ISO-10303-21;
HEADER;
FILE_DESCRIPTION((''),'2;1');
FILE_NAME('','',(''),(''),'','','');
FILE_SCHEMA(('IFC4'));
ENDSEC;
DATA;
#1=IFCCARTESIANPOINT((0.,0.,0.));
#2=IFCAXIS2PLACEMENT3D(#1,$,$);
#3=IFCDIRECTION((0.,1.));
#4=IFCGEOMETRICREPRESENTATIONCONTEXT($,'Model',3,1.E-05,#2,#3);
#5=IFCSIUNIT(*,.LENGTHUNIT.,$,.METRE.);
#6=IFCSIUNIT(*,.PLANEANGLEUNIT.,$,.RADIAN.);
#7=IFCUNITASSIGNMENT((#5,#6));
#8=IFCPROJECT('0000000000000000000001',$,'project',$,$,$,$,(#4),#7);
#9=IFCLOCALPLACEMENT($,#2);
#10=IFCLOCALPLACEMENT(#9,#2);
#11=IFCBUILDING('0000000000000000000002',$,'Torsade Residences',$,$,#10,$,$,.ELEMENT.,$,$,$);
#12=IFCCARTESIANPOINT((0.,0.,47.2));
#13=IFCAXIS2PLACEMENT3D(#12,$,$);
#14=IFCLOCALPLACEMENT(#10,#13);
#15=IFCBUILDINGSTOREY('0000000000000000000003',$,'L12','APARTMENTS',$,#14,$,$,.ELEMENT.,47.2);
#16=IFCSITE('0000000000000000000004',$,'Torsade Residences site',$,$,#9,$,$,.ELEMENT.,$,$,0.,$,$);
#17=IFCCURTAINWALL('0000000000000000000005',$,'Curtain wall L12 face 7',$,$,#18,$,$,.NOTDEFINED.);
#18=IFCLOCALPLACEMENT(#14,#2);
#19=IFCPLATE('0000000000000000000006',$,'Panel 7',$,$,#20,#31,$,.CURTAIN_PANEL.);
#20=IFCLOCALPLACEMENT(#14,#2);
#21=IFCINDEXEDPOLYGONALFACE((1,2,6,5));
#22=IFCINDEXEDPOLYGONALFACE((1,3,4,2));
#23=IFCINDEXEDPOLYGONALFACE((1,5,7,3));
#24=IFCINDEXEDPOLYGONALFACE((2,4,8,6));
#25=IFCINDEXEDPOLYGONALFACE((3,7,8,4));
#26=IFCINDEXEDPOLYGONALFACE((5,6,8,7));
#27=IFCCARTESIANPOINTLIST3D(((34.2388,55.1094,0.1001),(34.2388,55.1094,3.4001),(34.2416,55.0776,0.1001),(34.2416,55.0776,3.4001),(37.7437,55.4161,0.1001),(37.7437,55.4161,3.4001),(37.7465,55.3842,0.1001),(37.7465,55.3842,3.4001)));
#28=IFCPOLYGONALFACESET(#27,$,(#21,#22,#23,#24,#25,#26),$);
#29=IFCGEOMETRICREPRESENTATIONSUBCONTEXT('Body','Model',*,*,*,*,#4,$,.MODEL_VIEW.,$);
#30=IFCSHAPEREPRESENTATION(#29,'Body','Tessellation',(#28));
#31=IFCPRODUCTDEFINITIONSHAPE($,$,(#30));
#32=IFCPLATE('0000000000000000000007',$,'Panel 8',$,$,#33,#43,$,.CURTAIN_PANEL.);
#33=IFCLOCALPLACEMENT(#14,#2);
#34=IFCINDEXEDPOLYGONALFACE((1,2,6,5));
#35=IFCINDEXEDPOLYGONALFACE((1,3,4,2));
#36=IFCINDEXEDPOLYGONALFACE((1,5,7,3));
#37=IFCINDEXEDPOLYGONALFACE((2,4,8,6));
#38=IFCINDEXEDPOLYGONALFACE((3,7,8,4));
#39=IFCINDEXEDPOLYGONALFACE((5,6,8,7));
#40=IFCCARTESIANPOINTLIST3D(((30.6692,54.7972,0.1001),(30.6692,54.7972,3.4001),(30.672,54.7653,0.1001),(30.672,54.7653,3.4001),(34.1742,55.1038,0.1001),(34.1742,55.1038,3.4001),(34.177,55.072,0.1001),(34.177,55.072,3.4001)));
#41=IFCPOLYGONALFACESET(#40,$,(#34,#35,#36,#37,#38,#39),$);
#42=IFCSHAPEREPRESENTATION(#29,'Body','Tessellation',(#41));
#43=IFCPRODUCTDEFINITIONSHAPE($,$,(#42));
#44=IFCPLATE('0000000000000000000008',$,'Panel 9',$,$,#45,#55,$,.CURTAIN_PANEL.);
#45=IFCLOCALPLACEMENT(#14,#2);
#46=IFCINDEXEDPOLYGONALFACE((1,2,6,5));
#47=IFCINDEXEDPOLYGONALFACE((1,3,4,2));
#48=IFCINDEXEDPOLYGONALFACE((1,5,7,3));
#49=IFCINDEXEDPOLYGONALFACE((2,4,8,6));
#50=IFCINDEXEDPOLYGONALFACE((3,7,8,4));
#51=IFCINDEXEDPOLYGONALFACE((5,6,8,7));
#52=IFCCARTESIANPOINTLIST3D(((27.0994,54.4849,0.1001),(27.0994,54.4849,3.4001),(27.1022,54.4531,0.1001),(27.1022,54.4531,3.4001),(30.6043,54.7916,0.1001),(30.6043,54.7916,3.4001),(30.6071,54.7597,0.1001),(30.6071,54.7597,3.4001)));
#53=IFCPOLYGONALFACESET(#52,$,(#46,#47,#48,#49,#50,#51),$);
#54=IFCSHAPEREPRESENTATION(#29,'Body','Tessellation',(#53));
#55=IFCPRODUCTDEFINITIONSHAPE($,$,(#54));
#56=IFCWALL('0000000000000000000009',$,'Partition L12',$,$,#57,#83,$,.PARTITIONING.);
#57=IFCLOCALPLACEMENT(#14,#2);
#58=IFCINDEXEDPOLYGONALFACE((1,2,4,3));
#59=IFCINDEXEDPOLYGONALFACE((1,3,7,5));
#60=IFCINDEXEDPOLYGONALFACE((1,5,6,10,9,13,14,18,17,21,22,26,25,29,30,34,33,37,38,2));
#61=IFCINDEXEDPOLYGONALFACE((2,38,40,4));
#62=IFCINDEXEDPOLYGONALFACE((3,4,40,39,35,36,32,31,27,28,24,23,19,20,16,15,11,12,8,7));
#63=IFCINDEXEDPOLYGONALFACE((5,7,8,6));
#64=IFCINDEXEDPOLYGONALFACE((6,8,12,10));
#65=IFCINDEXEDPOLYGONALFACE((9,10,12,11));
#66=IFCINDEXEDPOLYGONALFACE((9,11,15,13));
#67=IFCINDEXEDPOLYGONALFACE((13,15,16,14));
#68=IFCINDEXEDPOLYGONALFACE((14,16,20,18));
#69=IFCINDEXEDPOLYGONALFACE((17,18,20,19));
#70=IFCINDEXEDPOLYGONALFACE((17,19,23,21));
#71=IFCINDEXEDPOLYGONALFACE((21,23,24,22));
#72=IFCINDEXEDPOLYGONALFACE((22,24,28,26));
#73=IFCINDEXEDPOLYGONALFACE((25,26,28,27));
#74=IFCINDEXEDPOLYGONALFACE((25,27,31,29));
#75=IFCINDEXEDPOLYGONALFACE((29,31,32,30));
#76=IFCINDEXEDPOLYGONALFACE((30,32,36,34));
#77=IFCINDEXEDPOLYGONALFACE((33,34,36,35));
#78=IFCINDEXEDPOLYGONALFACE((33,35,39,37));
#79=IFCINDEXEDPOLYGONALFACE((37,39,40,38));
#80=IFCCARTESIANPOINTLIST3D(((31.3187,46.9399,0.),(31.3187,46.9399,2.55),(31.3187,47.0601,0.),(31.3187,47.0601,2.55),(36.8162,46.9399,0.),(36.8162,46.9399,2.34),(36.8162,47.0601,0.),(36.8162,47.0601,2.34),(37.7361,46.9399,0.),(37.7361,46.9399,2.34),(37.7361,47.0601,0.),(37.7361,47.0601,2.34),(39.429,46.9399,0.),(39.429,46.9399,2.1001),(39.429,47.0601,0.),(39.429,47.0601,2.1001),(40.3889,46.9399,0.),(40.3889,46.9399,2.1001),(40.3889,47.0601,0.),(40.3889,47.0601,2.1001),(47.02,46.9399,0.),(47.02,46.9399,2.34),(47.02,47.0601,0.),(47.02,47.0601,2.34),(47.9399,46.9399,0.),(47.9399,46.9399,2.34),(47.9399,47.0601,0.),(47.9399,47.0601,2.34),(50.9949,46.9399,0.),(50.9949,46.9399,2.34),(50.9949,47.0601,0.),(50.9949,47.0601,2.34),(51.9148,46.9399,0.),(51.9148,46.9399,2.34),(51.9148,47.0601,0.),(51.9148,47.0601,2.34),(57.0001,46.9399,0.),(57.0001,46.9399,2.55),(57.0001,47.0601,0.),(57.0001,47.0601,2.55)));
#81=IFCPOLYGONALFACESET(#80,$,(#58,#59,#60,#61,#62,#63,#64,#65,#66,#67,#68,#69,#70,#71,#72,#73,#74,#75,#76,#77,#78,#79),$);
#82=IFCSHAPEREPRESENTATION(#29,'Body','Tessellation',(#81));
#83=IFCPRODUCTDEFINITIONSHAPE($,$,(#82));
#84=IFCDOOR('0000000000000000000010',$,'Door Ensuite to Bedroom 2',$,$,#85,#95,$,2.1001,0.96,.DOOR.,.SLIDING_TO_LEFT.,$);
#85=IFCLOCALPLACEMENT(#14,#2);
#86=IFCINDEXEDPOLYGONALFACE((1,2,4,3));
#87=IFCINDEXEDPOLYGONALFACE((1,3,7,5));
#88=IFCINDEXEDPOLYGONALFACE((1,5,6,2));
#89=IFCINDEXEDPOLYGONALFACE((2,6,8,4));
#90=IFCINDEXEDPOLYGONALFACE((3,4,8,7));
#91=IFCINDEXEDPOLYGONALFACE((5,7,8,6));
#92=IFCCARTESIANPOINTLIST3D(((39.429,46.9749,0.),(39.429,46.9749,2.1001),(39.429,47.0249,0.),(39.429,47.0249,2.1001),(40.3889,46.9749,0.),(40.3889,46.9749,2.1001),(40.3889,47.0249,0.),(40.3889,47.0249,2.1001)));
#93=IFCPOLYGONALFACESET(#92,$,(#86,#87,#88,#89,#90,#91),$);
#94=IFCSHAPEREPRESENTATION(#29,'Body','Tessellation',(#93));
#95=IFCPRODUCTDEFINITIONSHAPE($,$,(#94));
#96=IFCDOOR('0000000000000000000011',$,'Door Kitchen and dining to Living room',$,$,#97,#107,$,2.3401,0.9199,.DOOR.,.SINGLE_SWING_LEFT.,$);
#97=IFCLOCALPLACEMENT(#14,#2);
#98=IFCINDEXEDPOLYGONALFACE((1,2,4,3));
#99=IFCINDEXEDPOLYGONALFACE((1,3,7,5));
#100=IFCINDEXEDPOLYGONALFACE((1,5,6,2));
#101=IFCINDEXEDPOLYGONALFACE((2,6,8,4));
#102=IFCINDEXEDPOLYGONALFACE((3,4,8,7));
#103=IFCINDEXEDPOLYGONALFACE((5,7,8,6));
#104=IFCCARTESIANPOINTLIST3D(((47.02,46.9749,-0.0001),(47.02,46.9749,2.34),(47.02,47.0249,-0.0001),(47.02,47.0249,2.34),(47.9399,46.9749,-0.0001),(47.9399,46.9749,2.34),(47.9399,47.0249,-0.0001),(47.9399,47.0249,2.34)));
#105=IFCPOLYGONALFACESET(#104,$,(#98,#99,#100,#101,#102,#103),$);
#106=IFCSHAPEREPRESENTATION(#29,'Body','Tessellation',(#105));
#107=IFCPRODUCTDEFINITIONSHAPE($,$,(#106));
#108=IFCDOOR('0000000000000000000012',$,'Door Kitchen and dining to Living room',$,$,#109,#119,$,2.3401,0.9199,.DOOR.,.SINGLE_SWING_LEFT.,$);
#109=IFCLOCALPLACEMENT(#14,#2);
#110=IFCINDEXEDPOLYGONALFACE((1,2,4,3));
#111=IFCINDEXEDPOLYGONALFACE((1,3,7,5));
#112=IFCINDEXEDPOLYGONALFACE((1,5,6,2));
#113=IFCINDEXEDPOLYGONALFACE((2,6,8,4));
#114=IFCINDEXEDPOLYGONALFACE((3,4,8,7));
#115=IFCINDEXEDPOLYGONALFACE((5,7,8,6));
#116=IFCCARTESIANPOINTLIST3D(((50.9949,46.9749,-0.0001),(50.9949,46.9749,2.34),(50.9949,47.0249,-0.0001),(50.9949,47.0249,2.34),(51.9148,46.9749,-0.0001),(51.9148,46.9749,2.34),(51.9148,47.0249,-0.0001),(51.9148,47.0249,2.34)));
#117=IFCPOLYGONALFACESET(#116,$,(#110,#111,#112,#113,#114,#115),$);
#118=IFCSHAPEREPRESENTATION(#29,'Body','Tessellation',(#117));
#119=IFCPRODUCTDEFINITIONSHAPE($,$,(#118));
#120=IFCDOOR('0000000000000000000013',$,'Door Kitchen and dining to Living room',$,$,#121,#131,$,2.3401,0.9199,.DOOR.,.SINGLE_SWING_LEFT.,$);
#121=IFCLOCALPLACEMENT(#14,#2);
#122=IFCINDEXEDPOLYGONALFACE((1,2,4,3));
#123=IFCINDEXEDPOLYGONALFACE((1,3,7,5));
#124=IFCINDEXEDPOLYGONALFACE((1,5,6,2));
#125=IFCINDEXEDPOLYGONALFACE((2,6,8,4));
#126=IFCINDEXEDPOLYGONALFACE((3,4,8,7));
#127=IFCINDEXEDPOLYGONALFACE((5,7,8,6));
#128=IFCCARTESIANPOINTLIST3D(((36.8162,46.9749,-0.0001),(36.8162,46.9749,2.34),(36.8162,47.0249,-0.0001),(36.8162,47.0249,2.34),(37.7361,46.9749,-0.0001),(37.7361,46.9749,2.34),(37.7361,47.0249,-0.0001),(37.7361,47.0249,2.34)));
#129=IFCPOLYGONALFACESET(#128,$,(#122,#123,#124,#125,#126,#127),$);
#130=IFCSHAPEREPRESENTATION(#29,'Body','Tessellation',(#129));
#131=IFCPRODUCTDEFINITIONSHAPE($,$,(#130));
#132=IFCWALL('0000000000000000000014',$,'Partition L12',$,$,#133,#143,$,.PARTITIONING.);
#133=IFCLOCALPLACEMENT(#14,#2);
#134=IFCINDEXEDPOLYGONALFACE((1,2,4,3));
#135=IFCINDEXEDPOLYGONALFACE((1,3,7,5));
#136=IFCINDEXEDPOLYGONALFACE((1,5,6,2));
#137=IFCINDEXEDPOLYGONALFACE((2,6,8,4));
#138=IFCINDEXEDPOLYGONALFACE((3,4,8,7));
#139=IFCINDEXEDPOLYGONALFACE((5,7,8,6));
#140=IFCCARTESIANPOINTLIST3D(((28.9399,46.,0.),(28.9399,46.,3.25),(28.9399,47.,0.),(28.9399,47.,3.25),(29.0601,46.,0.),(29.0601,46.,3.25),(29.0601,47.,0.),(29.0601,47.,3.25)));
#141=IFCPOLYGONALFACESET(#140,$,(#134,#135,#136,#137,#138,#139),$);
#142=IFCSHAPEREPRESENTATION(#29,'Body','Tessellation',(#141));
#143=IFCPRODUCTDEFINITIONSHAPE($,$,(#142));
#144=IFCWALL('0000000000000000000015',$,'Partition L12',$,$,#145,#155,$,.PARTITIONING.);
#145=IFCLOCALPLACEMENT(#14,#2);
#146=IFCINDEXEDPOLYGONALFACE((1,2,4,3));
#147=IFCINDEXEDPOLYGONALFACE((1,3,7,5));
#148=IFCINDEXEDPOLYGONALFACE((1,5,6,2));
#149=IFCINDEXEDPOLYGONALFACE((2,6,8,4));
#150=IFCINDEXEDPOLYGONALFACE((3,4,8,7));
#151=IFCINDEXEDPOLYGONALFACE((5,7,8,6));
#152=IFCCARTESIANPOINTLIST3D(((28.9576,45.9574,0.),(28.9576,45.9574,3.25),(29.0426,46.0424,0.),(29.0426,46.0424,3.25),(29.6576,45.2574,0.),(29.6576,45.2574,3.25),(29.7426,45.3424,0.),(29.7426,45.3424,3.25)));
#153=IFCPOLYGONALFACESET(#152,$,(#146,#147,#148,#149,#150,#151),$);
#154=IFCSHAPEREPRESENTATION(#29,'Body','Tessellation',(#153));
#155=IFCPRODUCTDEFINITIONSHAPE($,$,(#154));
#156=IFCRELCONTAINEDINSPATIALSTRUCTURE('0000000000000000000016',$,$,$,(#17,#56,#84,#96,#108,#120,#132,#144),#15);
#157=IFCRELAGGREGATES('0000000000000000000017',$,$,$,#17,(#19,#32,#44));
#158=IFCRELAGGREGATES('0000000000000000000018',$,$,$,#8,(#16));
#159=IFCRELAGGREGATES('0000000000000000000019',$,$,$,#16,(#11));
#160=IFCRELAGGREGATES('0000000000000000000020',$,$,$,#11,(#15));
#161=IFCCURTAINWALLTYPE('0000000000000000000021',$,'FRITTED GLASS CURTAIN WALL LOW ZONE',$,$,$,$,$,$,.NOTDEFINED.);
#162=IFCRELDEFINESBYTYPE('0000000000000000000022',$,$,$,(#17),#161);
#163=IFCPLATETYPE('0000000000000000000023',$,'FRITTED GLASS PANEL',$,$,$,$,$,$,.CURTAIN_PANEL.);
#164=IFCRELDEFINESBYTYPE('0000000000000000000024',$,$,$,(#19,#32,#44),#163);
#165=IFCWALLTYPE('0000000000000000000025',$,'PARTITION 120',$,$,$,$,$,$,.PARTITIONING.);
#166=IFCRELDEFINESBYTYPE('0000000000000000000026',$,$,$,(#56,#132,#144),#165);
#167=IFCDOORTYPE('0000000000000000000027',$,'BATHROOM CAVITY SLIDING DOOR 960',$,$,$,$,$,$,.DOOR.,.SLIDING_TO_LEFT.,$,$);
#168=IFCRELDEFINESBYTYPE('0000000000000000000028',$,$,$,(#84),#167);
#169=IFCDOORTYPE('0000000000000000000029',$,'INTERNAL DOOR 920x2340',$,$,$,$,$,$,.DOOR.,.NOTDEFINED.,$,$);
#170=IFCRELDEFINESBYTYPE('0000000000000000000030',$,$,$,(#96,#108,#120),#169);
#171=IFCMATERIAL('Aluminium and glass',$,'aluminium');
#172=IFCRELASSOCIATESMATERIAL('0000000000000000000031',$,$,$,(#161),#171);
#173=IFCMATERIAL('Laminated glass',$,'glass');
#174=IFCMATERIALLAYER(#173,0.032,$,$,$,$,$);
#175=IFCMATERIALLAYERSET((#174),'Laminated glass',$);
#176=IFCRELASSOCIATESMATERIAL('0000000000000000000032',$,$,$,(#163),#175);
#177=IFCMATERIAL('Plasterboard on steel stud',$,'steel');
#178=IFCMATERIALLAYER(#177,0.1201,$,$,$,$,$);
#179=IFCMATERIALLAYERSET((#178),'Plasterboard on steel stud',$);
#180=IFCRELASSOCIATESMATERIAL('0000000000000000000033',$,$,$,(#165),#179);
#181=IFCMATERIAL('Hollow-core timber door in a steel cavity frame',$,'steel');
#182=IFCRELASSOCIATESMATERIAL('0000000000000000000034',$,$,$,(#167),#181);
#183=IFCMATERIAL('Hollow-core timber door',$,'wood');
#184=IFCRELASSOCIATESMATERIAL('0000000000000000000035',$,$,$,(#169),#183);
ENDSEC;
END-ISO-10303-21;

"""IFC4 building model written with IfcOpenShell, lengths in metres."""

from ifc_helpers import new_model, si_unit, direction, frame, frame_2d, origin, origin_2d, place, context, subcontext, project, spatial, rectangle, extrude, material, layer, layer_set, type_object, element, fill, aggregate, save


model = new_model("IFC4")

# Units and contexts
model_context = context("Model", 3, precision=1e-05, world=origin(), true_north=direction((0.0, 1.0)))
body_context = subcontext(model_context, "Body", "Model", "MODEL_VIEW")
ifc_project = project(units=[si_unit("LENGTHUNIT", "METRE"), si_unit("PLANEANGLEUNIT", "RADIAN")], contexts=[model_context])

# Site, building, storey
site_placement = place(None, origin())
site = spatial("IfcSite", under=ifc_project, at=site_placement, Name="Torsade Residences site", CompositionType="ELEMENT", RefElevation=0.0)
building_placement = place(site_placement, origin())
building = spatial("IfcBuilding", under=site, at=building_placement, Name="Torsade Residences", CompositionType="ELEMENT")
storey_placement = place(building_placement, frame((0.0, 0.0, 47.2)))
storey = spatial("IfcBuildingStorey", under=building, at=storey_placement, Name="L12", Description="APARTMENTS", CompositionType="ELEMENT", Elevation=47.2)

# Curtain wall
ifc_material_1 = material(Name="Aluminium and glass", Category="aluminium")
curtain_wall_type = type_object("IfcCurtainWallType", Name="FRITTED GLASS CURTAIN WALL LOW ZONE", PredefinedType="NOTDEFINED", material=ifc_material_1)
curtain_wall_placement = place(storey_placement, origin())
curtain_wall = element("IfcCurtainWall", 1, at=curtain_wall_placement, inside=storey, type_object=curtain_wall_type, Name="Curtain wall L12 face 7", PredefinedType="NOTDEFINED")

# Plates
ifc_material_2 = material(Name="Laminated glass", Category="glass")
ifc_layer_1 = layer(ifc_material_2, 0.032)
ifc_layer_set_1 = layer_set([ifc_layer_1], Name="Laminated glass")
plate_type = type_object("IfcPlateType", Name="FRITTED GLASS PANEL", PredefinedType="CURTAIN_PANEL", material=ifc_layer_set_1)
plate_1_placement = place(storey_placement, frame((35.9927, 55.2468, 0.1001), z_axis=(0.0, 0.0, 1.0), x_axis=(-0.996195, -0.087156, 0.0)))
plate_1 = element("IfcPlate", 2, at=plate_1_placement, type_object=plate_type, Name="Panel 7", PredefinedType="CURTAIN_PANEL", context=body_context, shape_type="SweptSolid", body=[
    extrude(rectangle(XDim=3.5183, YDim=0.032, at=origin_2d()), origin(), (0.0, 0.0, 1.0), 3.3),
])
plate_2_placement = place(storey_placement, frame((32.4231, 54.9346, 0.1001), z_axis=(0.0, 0.0, 1.0), x_axis=(-0.996195, -0.087156, 0.0)))
plate_2 = element("IfcPlate", 3, at=plate_2_placement, type_object=plate_type, Name="Panel 8", PredefinedType="CURTAIN_PANEL", context=body_context, shape_type="SweptSolid", body=[
    extrude(rectangle(XDim=3.5183, YDim=0.032, at=origin_2d()), origin(), (0.0, 0.0, 1.0), 3.3),
])
plate_3_placement = place(storey_placement, frame((28.8533, 54.6223, 0.1001), z_axis=(0.0, 0.0, 1.0), x_axis=(-0.996195, -0.087156, 0.0)))
plate_3 = element("IfcPlate", 4, at=plate_3_placement, type_object=plate_type, Name="Panel 9", PredefinedType="CURTAIN_PANEL", context=body_context, shape_type="SweptSolid", body=[
    extrude(rectangle(XDim=3.5183, YDim=0.032, at=origin_2d()), origin(), (0.0, 0.0, 1.0), 3.3),
])
aggregate(curtain_wall, [plate_1, plate_2, plate_3])

# Wall, openings, doors
ifc_material_3 = material(Name="Plasterboard on steel stud", Category="steel")
ifc_layer_2 = layer(ifc_material_3, 0.1201)
ifc_layer_set_2 = layer_set([ifc_layer_2], Name="Plasterboard on steel stud")
wall_type_1 = type_object("IfcWallType", Name="PARTITION 120", PredefinedType="PARTITIONING", material=ifc_layer_set_2)
wall_1_placement = place(storey_placement, frame((31.3186, 47.0, 0.0), z_axis=(0.0, 0.0, 1.0), x_axis=(1.0, 0.0, 0.0)))
wall_1 = element("IfcWall", 5, at=wall_1_placement, inside=storey, type_object=wall_type_1, Name="Partition L12", PredefinedType="PARTITIONING", context=body_context, shape_type="SweptSolid", body=[
    extrude(rectangle(XDim=25.6814, YDim=0.1201, at=frame_2d((12.8408, 0.0))), origin(), (0.0, 0.0, 1.0), 2.55),
])
opening_1_placement = place(wall_1_placement, frame((15.7014, 0.0, 0.0)))
opening_1 = element("IfcOpeningElement", 6, at=opening_1_placement, cuts=wall_1, PredefinedType="OPENING", context=body_context, shape_type="SweptSolid", body=[
    extrude(rectangle(XDim=0.9199, YDim=2.3401, at=frame_2d((0.46, 1.1699))), frame((0.0, 0.0701, 0.0), z_axis=(0.0, -1.0, 0.0), x_axis=(1.0, 0.0, 0.0)), (0.0, 0.0, 1.0), 0.1401),
])
opening_2_placement = place(wall_1_placement, frame((19.6763, 0.0, 0.0)))
opening_2 = element("IfcOpeningElement", 7, at=opening_2_placement, cuts=wall_1, PredefinedType="OPENING", context=body_context, shape_type="SweptSolid", body=[
    extrude(rectangle(XDim=0.9199, YDim=2.3401, at=frame_2d((0.46, 1.1699))), frame((0.0, 0.0701, 0.0), z_axis=(0.0, -1.0, 0.0), x_axis=(1.0, 0.0, 0.0)), (0.0, 0.0, 1.0), 0.1401),
])
opening_3_placement = place(wall_1_placement, frame((5.4976, 0.0, 0.0)))
opening_3 = element("IfcOpeningElement", 8, at=opening_3_placement, cuts=wall_1, PredefinedType="OPENING", context=body_context, shape_type="SweptSolid", body=[
    extrude(rectangle(XDim=0.9199, YDim=2.3401, at=frame_2d((0.46, 1.1699))), frame((0.0, 0.0701, 0.0), z_axis=(0.0, -1.0, 0.0), x_axis=(1.0, 0.0, 0.0)), (0.0, 0.0, 1.0), 0.1401),
])
opening_4_placement = place(wall_1_placement, frame((8.1104, 0.0, 0.0)))
opening_4 = element("IfcOpeningElement", 9, at=opening_4_placement, cuts=wall_1, PredefinedType="OPENING", context=body_context, shape_type="SweptSolid", body=[
    extrude(rectangle(XDim=0.96, YDim=2.1001, at=frame_2d((0.48, 1.05))), frame((0.0, 0.0701, 0.0), z_axis=(0.0, -1.0, 0.0), x_axis=(1.0, 0.0, 0.0)), (0.0, 0.0, 1.0), 0.1401),
])
ifc_material_4 = material(Name="Hollow-core timber door in a steel cavity frame", Category="steel")
door_type_1 = type_object("IfcDoorType", Name="BATHROOM CAVITY SLIDING DOOR 960", OperationType="SLIDING_TO_LEFT", PredefinedType="DOOR", material=ifc_material_4)
door_1_placement = place(opening_4_placement, origin())
door_1 = element("IfcDoor", 10, at=door_1_placement, inside=storey, type_object=door_type_1, Name="Door Ensuite to Bedroom 2", OperationType="SLIDING_TO_LEFT", OverallHeight=2.1001, OverallWidth=0.96, PredefinedType="DOOR", context=body_context, shape_type="SweptSolid", body=[
    extrude(rectangle(XDim=0.96, YDim=2.1001, at=frame_2d((0.48, 1.05))), frame((0.0, 0.0249, 0.0), z_axis=(0.0, -1.0, 0.0), x_axis=(1.0, 0.0, 0.0)), (0.0, 0.0, 1.0), 0.05),
])
fill(opening_4, door_1)
ifc_material_5 = material(Name="Hollow-core timber door", Category="wood")
door_type_2 = type_object("IfcDoorType", Name="INTERNAL DOOR 920x2340", OperationType="NOTDEFINED", PredefinedType="DOOR", material=ifc_material_5)
door_2_placement = place(opening_1_placement, origin())
door_2 = element("IfcDoor", 11, at=door_2_placement, inside=storey, type_object=door_type_2, Name="Door Kitchen and dining to Living room", OperationType="SINGLE_SWING_LEFT", OverallHeight=2.3401, OverallWidth=0.9199, PredefinedType="DOOR", context=body_context, shape_type="SweptSolid", body=[
    extrude(rectangle(XDim=0.9199, YDim=2.3401, at=frame_2d((0.46, 1.1699))), frame((0.0, 0.0249, 0.0), z_axis=(0.0, -1.0, 0.0), x_axis=(1.0, 0.0, 0.0)), (0.0, 0.0, 1.0), 0.05),
])
fill(opening_1, door_2)
door_3_placement = place(opening_2_placement, origin())
door_3 = element("IfcDoor", 12, at=door_3_placement, inside=storey, type_object=door_type_2, Name="Door Kitchen and dining to Living room", OperationType="SINGLE_SWING_LEFT", OverallHeight=2.3401, OverallWidth=0.9199, PredefinedType="DOOR", context=body_context, shape_type="SweptSolid", body=[
    extrude(rectangle(XDim=0.9199, YDim=2.3401, at=frame_2d((0.46, 1.1699))), frame((0.0, 0.0249, 0.0), z_axis=(0.0, -1.0, 0.0), x_axis=(1.0, 0.0, 0.0)), (0.0, 0.0, 1.0), 0.05),
])
fill(opening_2, door_3)
door_4_placement = place(opening_3_placement, origin())
door_4 = element("IfcDoor", 13, at=door_4_placement, inside=storey, type_object=door_type_2, Name="Door Kitchen and dining to Living room", OperationType="SINGLE_SWING_LEFT", OverallHeight=2.3401, OverallWidth=0.9199, PredefinedType="DOOR", context=body_context, shape_type="SweptSolid", body=[
    extrude(rectangle(XDim=0.9199, YDim=2.3401, at=frame_2d((0.46, 1.1699))), frame((0.0, 0.0249, 0.0), z_axis=(0.0, -1.0, 0.0), x_axis=(1.0, 0.0, 0.0)), (0.0, 0.0, 1.0), 0.05),
])
fill(opening_3, door_4)

# Walls
wall_2_placement = place(storey_placement, frame((29.0, 47.0, 0.0), z_axis=(0.0, 0.0, 1.0), x_axis=(0.0, -1.0, 0.0)))
element("IfcWall", 14, at=wall_2_placement, inside=storey, type_object=wall_type_1, Name="Partition L12", PredefinedType="PARTITIONING", context=body_context, shape_type="SweptSolid", body=[
    extrude(rectangle(XDim=1.0, YDim=0.1201, at=frame_2d((0.5, 0.0))), origin(), (0.0, 0.0, 1.0), 3.25),
])
wall_3_placement = place(storey_placement, frame((29.0, 46.0, 0.0), z_axis=(0.0, 0.0, 1.0), x_axis=(0.707107, -0.707107, 0.0)))
element("IfcWall", 15, at=wall_3_placement, inside=storey, type_object=wall_type_1, Name="Partition L12", PredefinedType="PARTITIONING", context=body_context, shape_type="SweptSolid", body=[
    extrude(rectangle(XDim=0.99, YDim=0.1201, at=frame_2d((0.4951, 0.0))), origin(), (0.0, 0.0, 1.0), 3.25),
])

save(model, "model.ifc")
